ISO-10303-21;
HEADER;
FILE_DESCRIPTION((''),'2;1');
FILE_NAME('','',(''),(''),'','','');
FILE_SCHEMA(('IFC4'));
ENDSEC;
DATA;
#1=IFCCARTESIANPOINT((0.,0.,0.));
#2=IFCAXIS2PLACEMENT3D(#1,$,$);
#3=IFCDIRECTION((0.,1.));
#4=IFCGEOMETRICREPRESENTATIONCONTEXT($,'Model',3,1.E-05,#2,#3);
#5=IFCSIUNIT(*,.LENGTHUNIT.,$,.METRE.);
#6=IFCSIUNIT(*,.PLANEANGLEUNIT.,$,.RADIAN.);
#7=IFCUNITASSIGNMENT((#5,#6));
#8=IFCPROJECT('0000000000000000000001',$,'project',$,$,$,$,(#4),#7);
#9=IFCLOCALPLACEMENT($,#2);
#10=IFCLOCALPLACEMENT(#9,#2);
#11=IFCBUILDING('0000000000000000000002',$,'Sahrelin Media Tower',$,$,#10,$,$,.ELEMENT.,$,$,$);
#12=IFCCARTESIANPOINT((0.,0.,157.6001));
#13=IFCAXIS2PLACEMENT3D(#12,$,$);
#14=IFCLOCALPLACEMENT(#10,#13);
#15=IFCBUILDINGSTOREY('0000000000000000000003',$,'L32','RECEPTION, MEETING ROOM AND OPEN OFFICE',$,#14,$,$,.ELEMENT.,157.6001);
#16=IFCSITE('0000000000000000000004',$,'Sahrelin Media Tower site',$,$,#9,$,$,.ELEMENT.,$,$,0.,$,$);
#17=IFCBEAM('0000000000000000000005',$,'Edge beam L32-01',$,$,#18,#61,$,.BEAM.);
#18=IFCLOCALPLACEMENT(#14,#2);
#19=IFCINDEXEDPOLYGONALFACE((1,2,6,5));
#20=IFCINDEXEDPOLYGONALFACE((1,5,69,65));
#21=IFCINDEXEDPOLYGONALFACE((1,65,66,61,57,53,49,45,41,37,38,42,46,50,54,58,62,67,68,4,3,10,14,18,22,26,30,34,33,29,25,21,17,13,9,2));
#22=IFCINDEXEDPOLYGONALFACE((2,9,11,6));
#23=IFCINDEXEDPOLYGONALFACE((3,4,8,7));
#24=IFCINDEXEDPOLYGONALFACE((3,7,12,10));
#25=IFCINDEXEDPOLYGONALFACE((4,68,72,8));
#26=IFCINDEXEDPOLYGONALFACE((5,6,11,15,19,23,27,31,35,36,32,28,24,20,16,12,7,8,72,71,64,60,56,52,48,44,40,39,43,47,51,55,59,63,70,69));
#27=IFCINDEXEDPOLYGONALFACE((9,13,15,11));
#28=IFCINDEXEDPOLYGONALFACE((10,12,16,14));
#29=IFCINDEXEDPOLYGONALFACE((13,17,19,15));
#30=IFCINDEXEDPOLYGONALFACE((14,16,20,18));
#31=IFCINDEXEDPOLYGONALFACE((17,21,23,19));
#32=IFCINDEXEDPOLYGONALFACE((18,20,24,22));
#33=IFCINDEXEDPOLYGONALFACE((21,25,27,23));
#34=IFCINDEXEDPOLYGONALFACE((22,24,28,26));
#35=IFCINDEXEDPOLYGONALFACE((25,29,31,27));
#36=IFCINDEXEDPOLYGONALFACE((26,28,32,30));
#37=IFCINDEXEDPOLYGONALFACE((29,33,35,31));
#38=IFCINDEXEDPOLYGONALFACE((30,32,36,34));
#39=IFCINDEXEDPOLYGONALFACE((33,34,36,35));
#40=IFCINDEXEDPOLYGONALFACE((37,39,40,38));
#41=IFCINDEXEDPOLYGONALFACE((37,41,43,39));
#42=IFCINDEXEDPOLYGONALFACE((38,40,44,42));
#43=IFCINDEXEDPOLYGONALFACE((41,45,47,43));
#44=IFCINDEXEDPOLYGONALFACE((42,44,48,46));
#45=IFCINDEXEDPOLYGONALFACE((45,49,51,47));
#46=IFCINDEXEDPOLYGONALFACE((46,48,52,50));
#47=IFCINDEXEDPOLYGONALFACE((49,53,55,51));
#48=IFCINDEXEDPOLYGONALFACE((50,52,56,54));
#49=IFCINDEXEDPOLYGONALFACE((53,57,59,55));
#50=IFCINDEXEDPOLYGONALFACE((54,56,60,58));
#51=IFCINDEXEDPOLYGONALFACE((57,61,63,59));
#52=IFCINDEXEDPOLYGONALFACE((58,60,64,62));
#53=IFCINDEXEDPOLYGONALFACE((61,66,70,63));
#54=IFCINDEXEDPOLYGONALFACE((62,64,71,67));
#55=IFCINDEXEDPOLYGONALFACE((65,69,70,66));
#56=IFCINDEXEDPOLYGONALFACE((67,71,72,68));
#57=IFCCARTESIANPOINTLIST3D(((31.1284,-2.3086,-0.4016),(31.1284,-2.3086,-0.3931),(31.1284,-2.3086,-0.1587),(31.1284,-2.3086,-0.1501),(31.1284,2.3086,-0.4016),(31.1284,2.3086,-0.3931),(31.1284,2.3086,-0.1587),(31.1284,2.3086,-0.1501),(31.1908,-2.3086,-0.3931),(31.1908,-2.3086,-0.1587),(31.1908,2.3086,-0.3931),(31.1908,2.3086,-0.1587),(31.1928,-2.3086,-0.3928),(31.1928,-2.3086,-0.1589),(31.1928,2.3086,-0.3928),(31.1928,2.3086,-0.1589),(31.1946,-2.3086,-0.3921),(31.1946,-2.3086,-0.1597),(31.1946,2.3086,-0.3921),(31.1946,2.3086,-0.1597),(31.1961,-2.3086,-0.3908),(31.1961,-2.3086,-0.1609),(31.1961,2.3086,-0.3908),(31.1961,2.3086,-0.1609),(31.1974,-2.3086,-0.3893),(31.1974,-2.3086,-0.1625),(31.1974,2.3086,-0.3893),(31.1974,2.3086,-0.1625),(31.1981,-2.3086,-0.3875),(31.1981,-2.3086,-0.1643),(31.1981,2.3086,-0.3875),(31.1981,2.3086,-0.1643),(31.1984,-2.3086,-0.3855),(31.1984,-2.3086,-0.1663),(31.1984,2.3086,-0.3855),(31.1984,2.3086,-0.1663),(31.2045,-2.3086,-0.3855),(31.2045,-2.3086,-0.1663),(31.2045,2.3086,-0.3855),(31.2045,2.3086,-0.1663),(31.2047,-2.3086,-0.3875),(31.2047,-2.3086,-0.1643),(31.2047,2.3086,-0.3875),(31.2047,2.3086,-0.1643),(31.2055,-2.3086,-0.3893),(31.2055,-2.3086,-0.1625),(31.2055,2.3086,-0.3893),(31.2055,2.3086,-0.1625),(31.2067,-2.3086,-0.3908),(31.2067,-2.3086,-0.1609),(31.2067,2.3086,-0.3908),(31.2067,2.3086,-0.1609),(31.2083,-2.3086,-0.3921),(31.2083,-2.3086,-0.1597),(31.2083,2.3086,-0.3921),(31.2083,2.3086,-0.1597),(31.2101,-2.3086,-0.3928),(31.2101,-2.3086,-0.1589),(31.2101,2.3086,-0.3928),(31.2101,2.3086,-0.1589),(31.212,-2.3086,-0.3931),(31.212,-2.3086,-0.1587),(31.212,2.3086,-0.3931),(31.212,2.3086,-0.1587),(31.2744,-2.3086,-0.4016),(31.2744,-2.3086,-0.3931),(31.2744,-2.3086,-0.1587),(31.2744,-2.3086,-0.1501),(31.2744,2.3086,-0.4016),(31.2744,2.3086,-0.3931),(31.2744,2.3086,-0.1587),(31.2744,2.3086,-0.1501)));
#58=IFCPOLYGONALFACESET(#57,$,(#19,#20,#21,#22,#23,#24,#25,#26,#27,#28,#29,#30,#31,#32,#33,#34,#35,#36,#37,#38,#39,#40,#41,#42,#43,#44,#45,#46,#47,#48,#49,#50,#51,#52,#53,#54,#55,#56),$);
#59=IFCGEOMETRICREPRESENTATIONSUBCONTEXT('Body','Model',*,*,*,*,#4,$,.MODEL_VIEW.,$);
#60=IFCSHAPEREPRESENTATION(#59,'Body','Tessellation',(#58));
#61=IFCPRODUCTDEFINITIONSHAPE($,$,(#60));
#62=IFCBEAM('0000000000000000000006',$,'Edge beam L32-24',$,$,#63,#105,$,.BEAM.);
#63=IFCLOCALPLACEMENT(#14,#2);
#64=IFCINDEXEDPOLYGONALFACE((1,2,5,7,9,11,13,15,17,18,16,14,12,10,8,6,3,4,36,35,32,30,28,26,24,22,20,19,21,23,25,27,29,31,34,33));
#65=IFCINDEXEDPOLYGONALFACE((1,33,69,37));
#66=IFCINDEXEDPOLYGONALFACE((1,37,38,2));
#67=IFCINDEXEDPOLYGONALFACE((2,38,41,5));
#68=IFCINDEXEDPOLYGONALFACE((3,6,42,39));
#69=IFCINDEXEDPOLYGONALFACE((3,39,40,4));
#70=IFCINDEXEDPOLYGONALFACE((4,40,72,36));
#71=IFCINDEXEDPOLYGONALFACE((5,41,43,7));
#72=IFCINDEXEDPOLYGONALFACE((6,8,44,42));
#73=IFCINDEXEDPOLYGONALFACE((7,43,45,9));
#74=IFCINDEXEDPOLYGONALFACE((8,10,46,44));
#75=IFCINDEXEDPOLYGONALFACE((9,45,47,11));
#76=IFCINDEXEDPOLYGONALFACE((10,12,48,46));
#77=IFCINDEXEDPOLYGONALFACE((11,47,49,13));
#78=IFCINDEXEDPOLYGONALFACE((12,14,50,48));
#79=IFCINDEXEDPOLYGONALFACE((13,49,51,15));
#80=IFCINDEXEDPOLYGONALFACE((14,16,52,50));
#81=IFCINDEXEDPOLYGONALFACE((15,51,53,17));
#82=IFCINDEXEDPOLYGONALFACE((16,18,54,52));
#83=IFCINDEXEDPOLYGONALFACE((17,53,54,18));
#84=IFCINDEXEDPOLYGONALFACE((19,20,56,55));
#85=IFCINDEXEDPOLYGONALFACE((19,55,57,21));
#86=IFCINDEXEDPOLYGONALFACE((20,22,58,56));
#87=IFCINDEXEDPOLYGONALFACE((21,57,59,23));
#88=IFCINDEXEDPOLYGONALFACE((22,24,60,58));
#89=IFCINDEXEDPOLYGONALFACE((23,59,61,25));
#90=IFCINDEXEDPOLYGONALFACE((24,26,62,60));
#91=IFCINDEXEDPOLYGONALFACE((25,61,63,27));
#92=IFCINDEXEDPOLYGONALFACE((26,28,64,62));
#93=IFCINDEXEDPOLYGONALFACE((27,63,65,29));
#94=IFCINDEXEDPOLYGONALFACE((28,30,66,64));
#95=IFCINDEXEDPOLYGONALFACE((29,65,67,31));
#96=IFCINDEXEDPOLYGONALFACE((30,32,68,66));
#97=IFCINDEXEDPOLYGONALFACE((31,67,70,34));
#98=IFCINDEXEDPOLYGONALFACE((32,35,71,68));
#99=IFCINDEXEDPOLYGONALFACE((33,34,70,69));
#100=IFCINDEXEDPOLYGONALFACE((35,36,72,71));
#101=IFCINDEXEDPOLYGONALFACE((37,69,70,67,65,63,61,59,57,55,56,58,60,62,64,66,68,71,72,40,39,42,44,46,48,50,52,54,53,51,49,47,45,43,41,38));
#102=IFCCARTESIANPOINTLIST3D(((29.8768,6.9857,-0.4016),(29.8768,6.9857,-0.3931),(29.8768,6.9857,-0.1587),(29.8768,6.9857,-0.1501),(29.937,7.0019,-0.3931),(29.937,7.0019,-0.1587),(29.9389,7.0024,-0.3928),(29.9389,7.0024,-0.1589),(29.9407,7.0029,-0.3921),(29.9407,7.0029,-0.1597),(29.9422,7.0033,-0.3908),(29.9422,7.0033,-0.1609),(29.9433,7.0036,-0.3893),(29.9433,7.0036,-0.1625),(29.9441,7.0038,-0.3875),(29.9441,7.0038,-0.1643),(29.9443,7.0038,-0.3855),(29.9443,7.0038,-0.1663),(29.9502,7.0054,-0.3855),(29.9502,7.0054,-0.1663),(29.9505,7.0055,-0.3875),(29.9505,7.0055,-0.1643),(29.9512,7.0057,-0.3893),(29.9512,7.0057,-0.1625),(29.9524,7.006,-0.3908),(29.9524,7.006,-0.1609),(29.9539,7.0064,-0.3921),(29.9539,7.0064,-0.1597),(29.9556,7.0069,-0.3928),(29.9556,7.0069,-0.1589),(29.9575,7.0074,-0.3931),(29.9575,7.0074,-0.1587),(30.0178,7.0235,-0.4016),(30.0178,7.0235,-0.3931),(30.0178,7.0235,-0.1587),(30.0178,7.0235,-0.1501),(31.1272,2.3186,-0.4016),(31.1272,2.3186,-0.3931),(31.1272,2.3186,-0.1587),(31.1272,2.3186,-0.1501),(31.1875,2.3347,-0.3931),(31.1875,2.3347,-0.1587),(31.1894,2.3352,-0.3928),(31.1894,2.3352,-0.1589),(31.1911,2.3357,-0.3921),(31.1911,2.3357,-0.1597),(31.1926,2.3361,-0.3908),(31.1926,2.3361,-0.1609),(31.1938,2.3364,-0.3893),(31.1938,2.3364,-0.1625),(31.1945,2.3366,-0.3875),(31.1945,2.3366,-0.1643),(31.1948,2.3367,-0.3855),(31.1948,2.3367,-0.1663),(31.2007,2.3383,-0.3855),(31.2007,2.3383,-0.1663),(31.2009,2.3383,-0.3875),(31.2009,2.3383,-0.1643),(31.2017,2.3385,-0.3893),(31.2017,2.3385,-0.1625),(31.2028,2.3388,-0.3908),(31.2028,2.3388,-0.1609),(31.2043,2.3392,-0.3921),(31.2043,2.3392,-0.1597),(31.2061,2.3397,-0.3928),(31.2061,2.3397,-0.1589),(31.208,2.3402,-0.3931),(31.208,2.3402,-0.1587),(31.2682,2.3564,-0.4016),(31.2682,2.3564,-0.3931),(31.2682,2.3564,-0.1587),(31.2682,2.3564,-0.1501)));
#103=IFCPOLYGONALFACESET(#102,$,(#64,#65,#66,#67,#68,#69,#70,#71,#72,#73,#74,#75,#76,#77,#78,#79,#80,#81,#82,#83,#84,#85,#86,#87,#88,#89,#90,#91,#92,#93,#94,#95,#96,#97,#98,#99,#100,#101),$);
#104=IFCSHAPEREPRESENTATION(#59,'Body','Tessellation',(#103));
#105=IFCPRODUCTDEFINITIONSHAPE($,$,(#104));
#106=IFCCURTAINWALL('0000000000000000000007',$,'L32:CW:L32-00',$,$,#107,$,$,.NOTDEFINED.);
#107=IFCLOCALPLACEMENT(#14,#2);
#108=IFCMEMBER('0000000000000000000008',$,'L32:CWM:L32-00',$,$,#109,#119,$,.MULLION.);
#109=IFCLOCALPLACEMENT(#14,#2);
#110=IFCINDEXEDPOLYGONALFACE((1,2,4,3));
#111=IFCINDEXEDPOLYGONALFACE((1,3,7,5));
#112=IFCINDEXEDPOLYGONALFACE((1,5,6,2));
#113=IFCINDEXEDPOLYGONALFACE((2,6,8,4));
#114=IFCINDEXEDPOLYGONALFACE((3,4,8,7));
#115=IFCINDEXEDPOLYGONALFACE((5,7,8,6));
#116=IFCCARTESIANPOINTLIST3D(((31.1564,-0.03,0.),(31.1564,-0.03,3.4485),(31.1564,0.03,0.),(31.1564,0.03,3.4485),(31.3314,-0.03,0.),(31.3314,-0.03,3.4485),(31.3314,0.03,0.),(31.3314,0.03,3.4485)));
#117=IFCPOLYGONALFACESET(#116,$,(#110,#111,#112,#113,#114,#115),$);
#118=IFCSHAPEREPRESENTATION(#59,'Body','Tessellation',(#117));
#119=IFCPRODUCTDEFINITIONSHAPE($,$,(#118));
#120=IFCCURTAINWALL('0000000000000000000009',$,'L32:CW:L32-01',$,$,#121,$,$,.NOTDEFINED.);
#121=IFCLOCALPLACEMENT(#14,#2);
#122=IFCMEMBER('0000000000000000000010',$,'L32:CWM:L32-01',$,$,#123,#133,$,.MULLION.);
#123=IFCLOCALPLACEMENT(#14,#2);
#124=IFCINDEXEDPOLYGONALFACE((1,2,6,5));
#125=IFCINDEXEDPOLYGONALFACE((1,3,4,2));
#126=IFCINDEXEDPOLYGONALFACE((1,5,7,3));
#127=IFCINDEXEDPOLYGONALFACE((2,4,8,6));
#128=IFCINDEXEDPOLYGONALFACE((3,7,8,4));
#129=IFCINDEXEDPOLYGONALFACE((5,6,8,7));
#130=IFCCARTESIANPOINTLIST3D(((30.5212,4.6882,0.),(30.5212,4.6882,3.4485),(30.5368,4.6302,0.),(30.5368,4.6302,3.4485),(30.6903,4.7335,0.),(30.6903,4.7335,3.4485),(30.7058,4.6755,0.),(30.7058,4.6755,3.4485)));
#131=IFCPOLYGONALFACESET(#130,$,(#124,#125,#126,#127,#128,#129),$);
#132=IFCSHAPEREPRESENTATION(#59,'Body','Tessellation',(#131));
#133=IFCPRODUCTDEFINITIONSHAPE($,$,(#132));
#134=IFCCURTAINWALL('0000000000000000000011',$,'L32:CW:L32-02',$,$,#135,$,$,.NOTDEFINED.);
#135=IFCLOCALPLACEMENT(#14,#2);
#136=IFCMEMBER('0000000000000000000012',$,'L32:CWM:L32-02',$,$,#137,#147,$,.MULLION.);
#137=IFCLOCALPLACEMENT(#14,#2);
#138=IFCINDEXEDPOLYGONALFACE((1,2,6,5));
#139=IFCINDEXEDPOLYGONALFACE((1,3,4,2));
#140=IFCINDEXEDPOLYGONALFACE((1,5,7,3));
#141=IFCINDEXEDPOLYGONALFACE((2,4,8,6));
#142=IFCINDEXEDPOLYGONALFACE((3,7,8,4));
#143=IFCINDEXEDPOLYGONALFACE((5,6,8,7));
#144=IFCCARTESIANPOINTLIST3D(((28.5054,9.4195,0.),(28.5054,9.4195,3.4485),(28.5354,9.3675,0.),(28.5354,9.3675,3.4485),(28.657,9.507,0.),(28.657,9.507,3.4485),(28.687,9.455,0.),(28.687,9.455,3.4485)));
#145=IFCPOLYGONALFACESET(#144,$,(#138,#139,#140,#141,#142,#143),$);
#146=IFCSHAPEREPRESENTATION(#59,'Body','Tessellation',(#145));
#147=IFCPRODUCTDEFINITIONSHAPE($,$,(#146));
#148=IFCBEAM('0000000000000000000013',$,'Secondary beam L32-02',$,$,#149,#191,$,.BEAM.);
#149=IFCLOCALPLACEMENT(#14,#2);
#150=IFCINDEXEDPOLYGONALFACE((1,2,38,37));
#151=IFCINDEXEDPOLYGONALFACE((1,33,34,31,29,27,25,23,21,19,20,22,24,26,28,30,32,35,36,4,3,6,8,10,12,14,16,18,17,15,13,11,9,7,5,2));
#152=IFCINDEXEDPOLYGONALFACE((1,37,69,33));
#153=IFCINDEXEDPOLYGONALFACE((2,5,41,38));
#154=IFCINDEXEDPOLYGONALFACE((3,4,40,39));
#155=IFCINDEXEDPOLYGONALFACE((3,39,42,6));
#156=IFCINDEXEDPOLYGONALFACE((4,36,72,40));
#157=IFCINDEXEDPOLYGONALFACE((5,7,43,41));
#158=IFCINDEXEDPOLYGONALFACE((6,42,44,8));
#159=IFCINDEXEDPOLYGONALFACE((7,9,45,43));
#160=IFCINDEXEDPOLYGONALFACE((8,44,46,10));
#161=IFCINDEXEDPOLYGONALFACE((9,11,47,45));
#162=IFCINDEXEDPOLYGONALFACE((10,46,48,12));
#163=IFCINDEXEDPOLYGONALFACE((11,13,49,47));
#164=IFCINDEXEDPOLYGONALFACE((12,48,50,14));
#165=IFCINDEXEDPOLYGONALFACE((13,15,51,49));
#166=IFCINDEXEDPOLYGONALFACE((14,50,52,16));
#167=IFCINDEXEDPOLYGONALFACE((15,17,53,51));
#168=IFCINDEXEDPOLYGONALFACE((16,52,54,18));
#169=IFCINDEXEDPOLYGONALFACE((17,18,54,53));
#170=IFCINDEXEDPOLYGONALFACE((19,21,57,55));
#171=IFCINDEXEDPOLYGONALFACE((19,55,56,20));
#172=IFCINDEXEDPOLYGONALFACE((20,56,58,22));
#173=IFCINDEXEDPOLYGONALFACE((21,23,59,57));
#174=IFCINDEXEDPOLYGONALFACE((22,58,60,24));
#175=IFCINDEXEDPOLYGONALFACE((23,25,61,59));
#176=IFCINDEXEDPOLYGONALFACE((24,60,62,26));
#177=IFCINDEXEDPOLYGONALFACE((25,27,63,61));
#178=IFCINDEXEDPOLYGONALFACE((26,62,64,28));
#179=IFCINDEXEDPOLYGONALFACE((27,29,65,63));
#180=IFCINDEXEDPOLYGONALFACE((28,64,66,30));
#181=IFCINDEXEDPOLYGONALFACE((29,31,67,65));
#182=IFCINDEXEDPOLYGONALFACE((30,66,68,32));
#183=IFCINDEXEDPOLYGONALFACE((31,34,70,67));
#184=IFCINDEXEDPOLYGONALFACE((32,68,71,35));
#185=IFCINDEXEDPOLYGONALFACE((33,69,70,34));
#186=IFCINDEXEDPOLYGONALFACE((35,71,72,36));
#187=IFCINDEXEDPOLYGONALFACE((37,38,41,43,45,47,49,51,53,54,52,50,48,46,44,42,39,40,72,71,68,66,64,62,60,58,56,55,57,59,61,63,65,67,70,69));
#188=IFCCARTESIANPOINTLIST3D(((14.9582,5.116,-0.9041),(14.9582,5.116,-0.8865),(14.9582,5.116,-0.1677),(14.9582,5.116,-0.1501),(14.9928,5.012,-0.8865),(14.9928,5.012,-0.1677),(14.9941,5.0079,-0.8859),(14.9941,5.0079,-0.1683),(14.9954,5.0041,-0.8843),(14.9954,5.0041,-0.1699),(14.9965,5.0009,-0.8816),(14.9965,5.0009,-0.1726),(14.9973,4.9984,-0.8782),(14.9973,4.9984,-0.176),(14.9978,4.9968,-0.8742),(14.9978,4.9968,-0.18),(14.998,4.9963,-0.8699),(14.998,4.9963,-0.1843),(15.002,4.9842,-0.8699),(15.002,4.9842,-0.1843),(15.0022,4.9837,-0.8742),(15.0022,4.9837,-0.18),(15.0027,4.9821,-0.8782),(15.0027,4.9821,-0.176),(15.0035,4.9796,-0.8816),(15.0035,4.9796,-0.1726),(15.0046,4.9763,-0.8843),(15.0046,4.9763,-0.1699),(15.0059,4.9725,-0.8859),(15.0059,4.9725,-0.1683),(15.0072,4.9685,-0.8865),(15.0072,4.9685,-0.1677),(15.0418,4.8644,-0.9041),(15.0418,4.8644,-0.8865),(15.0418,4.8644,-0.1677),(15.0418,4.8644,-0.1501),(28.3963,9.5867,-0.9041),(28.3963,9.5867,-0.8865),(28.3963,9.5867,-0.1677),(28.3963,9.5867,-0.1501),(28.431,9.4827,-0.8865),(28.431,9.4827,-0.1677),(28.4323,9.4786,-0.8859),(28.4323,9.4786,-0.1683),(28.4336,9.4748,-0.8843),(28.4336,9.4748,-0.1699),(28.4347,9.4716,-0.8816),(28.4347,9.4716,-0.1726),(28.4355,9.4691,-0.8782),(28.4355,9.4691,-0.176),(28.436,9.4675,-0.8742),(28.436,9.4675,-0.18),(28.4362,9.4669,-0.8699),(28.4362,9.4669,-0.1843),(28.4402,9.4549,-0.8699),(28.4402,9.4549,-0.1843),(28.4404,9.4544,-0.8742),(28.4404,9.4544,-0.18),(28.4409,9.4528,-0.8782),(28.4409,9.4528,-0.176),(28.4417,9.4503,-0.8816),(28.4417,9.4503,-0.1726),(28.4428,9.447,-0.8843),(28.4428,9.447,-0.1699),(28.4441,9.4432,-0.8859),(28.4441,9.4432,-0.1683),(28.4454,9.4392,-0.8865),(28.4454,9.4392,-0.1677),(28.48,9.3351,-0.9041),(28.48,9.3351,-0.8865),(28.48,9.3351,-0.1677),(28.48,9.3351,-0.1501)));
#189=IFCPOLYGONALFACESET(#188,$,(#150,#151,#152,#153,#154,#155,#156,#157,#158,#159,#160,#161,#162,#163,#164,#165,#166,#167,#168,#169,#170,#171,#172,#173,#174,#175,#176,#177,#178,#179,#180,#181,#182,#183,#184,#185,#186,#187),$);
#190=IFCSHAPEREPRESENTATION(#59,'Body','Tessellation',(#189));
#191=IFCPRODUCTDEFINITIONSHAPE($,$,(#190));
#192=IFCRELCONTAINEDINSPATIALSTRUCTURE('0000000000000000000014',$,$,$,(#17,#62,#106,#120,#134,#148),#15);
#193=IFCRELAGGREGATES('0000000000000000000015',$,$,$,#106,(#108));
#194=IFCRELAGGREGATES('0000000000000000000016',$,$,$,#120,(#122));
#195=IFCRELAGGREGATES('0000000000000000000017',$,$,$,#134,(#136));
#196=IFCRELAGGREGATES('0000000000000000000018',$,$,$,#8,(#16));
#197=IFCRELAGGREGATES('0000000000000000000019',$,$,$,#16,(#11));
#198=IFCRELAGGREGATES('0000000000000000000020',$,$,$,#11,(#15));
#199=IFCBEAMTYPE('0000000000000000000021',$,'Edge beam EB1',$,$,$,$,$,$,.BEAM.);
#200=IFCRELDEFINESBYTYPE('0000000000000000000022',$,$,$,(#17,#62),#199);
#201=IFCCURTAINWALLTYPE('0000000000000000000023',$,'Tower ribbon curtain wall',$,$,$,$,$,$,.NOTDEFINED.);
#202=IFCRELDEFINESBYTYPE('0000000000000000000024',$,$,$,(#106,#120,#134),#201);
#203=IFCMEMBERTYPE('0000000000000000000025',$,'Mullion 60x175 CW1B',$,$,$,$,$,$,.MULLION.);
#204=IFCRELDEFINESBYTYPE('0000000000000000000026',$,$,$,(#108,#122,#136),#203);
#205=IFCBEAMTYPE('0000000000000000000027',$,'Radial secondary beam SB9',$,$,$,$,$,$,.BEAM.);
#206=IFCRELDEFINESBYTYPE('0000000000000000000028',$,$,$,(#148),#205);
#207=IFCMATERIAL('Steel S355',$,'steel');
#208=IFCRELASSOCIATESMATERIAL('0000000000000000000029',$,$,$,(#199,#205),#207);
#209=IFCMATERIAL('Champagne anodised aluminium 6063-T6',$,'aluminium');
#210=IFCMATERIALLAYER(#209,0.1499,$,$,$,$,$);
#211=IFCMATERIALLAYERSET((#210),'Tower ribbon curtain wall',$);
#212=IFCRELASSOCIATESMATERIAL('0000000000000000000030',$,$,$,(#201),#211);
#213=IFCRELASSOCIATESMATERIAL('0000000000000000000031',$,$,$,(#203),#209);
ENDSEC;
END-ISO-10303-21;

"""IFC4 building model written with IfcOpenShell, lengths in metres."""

from ifc_helpers import new_model, si_unit, direction, frame, origin, origin_2d, place, context, subcontext, project, spatial, rectangle, i_section, extrude, material, layer, layer_set, material_profile, profile_set, type_object, element, aggregate, save


model = new_model("IFC4")

# Units and contexts
model_context = context("Model", 3, precision=1e-05, world=origin(), true_north=direction((0.0, 1.0)))
body_context = subcontext(model_context, "Body", "Model", "MODEL_VIEW")
ifc_project = project(units=[si_unit("LENGTHUNIT", "METRE"), si_unit("PLANEANGLEUNIT", "RADIAN")], contexts=[model_context])

# Site, building, storey
site_placement = place(None, origin())
site = spatial("IfcSite", under=ifc_project, at=site_placement, Name="Sahrelin Media Tower site", CompositionType="ELEMENT", RefElevation=0.0)
building_placement = place(site_placement, origin())
building = spatial("IfcBuilding", under=site, at=building_placement, Name="Sahrelin Media Tower", CompositionType="ELEMENT")
storey_placement = place(building_placement, frame((0.0, 0.0, 157.6001)))
storey = spatial("IfcBuildingStorey", under=building, at=storey_placement, Name="L32", Description="RECEPTION, MEETING ROOM AND OPEN OFFICE", CompositionType="ELEMENT", Elevation=157.6001)

# Beams
ifc_material_1 = material(Name="Steel S355", Category="steel")
ifc_material_profile_1 = material_profile(ifc_material_1, i_section(OverallWidth=0.146, OverallDepth=0.2515, WebThickness=0.0061, FlangeThickness=0.0085, FilletRadius=0.0076, at=origin_2d()), Name="UB 254x146x31")
ifc_profile_set_1 = profile_set([ifc_material_profile_1], Name="Steel S355")
beam_type_1 = type_object("IfcBeamType", Name="Edge beam EB1", PredefinedType="BEAM", material=ifc_profile_set_1)
beam_1_placement = place(storey_placement, frame((31.2014, 2.3086, -0.2759), z_axis=(0.0, -1.0, 0.0), x_axis=(1.0, 0.0, 0.0)))
element("IfcBeam", 1, at=beam_1_placement, inside=storey, type_object=beam_type_1, Name="Edge beam L32-01", PredefinedType="BEAM", context=body_context, shape_type="SweptSolid", body=[
    extrude(i_section(OverallWidth=0.146, OverallDepth=0.2515, WebThickness=0.0061, FlangeThickness=0.0085, FilletRadius=0.0076, at=origin_2d()), origin(), (0.0, 0.0, 1.0), 4.6172),
])
beam_2_placement = place(storey_placement, frame((29.9473, 7.0046, -0.2759), z_axis=(0.258801, -0.965931, 0.0), x_axis=(0.965931, 0.258801, 0.0)))
element("IfcBeam", 2, at=beam_2_placement, inside=storey, type_object=beam_type_1, Name="Edge beam L32-24", PredefinedType="BEAM", context=body_context, shape_type="SweptSolid", body=[
    extrude(i_section(OverallWidth=0.146, OverallDepth=0.2515, WebThickness=0.0061, FlangeThickness=0.0085, FilletRadius=0.0076, at=origin_2d()), origin(), (0.0, 0.0, 1.0), 4.8318),
])

# Curtain walls, members
ifc_material_2 = material(Name="Champagne anodised aluminium 6063-T6", Category="aluminium")
ifc_layer_1 = layer(ifc_material_2, 0.1499)
ifc_layer_set_1 = layer_set([ifc_layer_1], Name="Tower ribbon curtain wall")
curtain_wall_type = type_object("IfcCurtainWallType", Name="Tower ribbon curtain wall", PredefinedType="NOTDEFINED", material=ifc_layer_set_1)
curtain_wall_1_placement = place(storey_placement, frame((31.3516, 0.0, 0.0), z_axis=(0.0, 0.0, 1.0), x_axis=(1.0, 0.0, 0.0)))
curtain_wall_1 = element("IfcCurtainWall", 3, at=curtain_wall_1_placement, inside=storey, type_object=curtain_wall_type, Name="L32:CW:L32-00", PredefinedType="NOTDEFINED")
ifc_material_profile_2 = material_profile(ifc_material_2, rectangle(XDim=0.0601, YDim=0.175, at=origin_2d()), Name="Mullion 60x175")
ifc_profile_set_2 = profile_set([ifc_material_profile_2], Name="Champagne anodised aluminium 6063-T6")
member_type_1 = type_object("IfcMemberType", Name="Mullion 60x175 CW1B", PredefinedType="MULLION", material=ifc_profile_set_2)
member_1_placement = place(storey_placement, frame((31.2439, 0.0, 0.0), z_axis=(0.0, 0.0, 1.0), x_axis=(0.0, 1.0, 0.0)))
member_1 = element("IfcMember", 4, at=member_1_placement, type_object=member_type_1, Name="L32:CWM:L32-00", PredefinedType="MULLION", context=body_context, shape_type="SweptSolid", body=[
    extrude(rectangle(XDim=0.0601, YDim=0.175, at=origin_2d()), origin(), (0.0, 0.0, 1.0), 3.4485),
])
aggregate(curtain_wall_1, [member_1])
curtain_wall_2_placement = place(storey_placement, frame((30.7173, 4.7097, 0.0), z_axis=(0.0, 0.0, 1.0), x_axis=(1.0, 0.0, 0.0)))
curtain_wall_2 = element("IfcCurtainWall", 5, at=curtain_wall_2_placement, inside=storey, type_object=curtain_wall_type, Name="L32:CW:L32-01", PredefinedType="NOTDEFINED")
member_2_placement = place(storey_placement, frame((30.6135, 4.6819, 0.0), z_axis=(0.0, 0.0, 1.0), x_axis=(-0.258807, 0.965929, 0.0)))
member_2 = element("IfcMember", 6, at=member_2_placement, type_object=member_type_1, Name="L32:CWM:L32-01", PredefinedType="MULLION", context=body_context, shape_type="SweptSolid", body=[
    extrude(rectangle(XDim=0.0601, YDim=0.175, at=origin_2d()), origin(), (0.0, 0.0, 1.0), 3.4485),
])
curtain_wall_3_placement = place(storey_placement, frame((28.6892, 9.491, 0.0), z_axis=(0.0, 0.0, 1.0), x_axis=(1.0, 0.0, 0.0)))
curtain_wall_3 = element("IfcCurtainWall", 7, at=curtain_wall_3_placement, inside=storey, type_object=curtain_wall_type, Name="L32:CW:L32-02", PredefinedType="NOTDEFINED")
member_3_placement = place(storey_placement, frame((28.5962, 9.4373, 0.0), z_axis=(0.0, 0.0, 1.0), x_axis=(-0.499998, 0.866026, 0.0)))
member_3 = element("IfcMember", 8, at=member_3_placement, type_object=member_type_1, Name="L32:CWM:L32-02", PredefinedType="MULLION", context=body_context, shape_type="SweptSolid", body=[
    extrude(rectangle(XDim=0.0601, YDim=0.175, at=origin_2d()), origin(), (0.0, 0.0, 1.0), 3.4485),
])

# Beam
ifc_material_profile_3 = material_profile(ifc_material_1, i_section(OverallWidth=0.2651, OverallDepth=0.7539, WebThickness=0.0127, FlangeThickness=0.0176, FilletRadius=0.0166, at=origin_2d()), Name="UB 762x267x147")
ifc_profile_set_3 = profile_set([ifc_material_profile_3], Name="Steel S355")
beam_type_2 = type_object("IfcBeamType", Name="Radial secondary beam SB9", PredefinedType="BEAM", material=ifc_profile_set_3)
beam_3_placement = place(storey_placement, frame((15.0, 4.9902, -0.5271), z_axis=(0.948868, 0.315674, 0.0), x_axis=(-0.315674, 0.948868, 0.0)))
element("IfcBeam", 9, at=beam_3_placement, inside=storey, type_object=beam_type_2, Name="Secondary beam L32-02", PredefinedType="BEAM", context=body_context, shape_type="SweptSolid", body=[
    extrude(i_section(OverallWidth=0.2651, OverallDepth=0.7539, WebThickness=0.0127, FlangeThickness=0.0176, FilletRadius=0.0166, at=origin_2d()), origin(), (0.0, 0.0, 1.0), 14.1624),
])

aggregate(curtain_wall_2, [member_2])
aggregate(curtain_wall_3, [member_3])

save(model, "model.ifc")
